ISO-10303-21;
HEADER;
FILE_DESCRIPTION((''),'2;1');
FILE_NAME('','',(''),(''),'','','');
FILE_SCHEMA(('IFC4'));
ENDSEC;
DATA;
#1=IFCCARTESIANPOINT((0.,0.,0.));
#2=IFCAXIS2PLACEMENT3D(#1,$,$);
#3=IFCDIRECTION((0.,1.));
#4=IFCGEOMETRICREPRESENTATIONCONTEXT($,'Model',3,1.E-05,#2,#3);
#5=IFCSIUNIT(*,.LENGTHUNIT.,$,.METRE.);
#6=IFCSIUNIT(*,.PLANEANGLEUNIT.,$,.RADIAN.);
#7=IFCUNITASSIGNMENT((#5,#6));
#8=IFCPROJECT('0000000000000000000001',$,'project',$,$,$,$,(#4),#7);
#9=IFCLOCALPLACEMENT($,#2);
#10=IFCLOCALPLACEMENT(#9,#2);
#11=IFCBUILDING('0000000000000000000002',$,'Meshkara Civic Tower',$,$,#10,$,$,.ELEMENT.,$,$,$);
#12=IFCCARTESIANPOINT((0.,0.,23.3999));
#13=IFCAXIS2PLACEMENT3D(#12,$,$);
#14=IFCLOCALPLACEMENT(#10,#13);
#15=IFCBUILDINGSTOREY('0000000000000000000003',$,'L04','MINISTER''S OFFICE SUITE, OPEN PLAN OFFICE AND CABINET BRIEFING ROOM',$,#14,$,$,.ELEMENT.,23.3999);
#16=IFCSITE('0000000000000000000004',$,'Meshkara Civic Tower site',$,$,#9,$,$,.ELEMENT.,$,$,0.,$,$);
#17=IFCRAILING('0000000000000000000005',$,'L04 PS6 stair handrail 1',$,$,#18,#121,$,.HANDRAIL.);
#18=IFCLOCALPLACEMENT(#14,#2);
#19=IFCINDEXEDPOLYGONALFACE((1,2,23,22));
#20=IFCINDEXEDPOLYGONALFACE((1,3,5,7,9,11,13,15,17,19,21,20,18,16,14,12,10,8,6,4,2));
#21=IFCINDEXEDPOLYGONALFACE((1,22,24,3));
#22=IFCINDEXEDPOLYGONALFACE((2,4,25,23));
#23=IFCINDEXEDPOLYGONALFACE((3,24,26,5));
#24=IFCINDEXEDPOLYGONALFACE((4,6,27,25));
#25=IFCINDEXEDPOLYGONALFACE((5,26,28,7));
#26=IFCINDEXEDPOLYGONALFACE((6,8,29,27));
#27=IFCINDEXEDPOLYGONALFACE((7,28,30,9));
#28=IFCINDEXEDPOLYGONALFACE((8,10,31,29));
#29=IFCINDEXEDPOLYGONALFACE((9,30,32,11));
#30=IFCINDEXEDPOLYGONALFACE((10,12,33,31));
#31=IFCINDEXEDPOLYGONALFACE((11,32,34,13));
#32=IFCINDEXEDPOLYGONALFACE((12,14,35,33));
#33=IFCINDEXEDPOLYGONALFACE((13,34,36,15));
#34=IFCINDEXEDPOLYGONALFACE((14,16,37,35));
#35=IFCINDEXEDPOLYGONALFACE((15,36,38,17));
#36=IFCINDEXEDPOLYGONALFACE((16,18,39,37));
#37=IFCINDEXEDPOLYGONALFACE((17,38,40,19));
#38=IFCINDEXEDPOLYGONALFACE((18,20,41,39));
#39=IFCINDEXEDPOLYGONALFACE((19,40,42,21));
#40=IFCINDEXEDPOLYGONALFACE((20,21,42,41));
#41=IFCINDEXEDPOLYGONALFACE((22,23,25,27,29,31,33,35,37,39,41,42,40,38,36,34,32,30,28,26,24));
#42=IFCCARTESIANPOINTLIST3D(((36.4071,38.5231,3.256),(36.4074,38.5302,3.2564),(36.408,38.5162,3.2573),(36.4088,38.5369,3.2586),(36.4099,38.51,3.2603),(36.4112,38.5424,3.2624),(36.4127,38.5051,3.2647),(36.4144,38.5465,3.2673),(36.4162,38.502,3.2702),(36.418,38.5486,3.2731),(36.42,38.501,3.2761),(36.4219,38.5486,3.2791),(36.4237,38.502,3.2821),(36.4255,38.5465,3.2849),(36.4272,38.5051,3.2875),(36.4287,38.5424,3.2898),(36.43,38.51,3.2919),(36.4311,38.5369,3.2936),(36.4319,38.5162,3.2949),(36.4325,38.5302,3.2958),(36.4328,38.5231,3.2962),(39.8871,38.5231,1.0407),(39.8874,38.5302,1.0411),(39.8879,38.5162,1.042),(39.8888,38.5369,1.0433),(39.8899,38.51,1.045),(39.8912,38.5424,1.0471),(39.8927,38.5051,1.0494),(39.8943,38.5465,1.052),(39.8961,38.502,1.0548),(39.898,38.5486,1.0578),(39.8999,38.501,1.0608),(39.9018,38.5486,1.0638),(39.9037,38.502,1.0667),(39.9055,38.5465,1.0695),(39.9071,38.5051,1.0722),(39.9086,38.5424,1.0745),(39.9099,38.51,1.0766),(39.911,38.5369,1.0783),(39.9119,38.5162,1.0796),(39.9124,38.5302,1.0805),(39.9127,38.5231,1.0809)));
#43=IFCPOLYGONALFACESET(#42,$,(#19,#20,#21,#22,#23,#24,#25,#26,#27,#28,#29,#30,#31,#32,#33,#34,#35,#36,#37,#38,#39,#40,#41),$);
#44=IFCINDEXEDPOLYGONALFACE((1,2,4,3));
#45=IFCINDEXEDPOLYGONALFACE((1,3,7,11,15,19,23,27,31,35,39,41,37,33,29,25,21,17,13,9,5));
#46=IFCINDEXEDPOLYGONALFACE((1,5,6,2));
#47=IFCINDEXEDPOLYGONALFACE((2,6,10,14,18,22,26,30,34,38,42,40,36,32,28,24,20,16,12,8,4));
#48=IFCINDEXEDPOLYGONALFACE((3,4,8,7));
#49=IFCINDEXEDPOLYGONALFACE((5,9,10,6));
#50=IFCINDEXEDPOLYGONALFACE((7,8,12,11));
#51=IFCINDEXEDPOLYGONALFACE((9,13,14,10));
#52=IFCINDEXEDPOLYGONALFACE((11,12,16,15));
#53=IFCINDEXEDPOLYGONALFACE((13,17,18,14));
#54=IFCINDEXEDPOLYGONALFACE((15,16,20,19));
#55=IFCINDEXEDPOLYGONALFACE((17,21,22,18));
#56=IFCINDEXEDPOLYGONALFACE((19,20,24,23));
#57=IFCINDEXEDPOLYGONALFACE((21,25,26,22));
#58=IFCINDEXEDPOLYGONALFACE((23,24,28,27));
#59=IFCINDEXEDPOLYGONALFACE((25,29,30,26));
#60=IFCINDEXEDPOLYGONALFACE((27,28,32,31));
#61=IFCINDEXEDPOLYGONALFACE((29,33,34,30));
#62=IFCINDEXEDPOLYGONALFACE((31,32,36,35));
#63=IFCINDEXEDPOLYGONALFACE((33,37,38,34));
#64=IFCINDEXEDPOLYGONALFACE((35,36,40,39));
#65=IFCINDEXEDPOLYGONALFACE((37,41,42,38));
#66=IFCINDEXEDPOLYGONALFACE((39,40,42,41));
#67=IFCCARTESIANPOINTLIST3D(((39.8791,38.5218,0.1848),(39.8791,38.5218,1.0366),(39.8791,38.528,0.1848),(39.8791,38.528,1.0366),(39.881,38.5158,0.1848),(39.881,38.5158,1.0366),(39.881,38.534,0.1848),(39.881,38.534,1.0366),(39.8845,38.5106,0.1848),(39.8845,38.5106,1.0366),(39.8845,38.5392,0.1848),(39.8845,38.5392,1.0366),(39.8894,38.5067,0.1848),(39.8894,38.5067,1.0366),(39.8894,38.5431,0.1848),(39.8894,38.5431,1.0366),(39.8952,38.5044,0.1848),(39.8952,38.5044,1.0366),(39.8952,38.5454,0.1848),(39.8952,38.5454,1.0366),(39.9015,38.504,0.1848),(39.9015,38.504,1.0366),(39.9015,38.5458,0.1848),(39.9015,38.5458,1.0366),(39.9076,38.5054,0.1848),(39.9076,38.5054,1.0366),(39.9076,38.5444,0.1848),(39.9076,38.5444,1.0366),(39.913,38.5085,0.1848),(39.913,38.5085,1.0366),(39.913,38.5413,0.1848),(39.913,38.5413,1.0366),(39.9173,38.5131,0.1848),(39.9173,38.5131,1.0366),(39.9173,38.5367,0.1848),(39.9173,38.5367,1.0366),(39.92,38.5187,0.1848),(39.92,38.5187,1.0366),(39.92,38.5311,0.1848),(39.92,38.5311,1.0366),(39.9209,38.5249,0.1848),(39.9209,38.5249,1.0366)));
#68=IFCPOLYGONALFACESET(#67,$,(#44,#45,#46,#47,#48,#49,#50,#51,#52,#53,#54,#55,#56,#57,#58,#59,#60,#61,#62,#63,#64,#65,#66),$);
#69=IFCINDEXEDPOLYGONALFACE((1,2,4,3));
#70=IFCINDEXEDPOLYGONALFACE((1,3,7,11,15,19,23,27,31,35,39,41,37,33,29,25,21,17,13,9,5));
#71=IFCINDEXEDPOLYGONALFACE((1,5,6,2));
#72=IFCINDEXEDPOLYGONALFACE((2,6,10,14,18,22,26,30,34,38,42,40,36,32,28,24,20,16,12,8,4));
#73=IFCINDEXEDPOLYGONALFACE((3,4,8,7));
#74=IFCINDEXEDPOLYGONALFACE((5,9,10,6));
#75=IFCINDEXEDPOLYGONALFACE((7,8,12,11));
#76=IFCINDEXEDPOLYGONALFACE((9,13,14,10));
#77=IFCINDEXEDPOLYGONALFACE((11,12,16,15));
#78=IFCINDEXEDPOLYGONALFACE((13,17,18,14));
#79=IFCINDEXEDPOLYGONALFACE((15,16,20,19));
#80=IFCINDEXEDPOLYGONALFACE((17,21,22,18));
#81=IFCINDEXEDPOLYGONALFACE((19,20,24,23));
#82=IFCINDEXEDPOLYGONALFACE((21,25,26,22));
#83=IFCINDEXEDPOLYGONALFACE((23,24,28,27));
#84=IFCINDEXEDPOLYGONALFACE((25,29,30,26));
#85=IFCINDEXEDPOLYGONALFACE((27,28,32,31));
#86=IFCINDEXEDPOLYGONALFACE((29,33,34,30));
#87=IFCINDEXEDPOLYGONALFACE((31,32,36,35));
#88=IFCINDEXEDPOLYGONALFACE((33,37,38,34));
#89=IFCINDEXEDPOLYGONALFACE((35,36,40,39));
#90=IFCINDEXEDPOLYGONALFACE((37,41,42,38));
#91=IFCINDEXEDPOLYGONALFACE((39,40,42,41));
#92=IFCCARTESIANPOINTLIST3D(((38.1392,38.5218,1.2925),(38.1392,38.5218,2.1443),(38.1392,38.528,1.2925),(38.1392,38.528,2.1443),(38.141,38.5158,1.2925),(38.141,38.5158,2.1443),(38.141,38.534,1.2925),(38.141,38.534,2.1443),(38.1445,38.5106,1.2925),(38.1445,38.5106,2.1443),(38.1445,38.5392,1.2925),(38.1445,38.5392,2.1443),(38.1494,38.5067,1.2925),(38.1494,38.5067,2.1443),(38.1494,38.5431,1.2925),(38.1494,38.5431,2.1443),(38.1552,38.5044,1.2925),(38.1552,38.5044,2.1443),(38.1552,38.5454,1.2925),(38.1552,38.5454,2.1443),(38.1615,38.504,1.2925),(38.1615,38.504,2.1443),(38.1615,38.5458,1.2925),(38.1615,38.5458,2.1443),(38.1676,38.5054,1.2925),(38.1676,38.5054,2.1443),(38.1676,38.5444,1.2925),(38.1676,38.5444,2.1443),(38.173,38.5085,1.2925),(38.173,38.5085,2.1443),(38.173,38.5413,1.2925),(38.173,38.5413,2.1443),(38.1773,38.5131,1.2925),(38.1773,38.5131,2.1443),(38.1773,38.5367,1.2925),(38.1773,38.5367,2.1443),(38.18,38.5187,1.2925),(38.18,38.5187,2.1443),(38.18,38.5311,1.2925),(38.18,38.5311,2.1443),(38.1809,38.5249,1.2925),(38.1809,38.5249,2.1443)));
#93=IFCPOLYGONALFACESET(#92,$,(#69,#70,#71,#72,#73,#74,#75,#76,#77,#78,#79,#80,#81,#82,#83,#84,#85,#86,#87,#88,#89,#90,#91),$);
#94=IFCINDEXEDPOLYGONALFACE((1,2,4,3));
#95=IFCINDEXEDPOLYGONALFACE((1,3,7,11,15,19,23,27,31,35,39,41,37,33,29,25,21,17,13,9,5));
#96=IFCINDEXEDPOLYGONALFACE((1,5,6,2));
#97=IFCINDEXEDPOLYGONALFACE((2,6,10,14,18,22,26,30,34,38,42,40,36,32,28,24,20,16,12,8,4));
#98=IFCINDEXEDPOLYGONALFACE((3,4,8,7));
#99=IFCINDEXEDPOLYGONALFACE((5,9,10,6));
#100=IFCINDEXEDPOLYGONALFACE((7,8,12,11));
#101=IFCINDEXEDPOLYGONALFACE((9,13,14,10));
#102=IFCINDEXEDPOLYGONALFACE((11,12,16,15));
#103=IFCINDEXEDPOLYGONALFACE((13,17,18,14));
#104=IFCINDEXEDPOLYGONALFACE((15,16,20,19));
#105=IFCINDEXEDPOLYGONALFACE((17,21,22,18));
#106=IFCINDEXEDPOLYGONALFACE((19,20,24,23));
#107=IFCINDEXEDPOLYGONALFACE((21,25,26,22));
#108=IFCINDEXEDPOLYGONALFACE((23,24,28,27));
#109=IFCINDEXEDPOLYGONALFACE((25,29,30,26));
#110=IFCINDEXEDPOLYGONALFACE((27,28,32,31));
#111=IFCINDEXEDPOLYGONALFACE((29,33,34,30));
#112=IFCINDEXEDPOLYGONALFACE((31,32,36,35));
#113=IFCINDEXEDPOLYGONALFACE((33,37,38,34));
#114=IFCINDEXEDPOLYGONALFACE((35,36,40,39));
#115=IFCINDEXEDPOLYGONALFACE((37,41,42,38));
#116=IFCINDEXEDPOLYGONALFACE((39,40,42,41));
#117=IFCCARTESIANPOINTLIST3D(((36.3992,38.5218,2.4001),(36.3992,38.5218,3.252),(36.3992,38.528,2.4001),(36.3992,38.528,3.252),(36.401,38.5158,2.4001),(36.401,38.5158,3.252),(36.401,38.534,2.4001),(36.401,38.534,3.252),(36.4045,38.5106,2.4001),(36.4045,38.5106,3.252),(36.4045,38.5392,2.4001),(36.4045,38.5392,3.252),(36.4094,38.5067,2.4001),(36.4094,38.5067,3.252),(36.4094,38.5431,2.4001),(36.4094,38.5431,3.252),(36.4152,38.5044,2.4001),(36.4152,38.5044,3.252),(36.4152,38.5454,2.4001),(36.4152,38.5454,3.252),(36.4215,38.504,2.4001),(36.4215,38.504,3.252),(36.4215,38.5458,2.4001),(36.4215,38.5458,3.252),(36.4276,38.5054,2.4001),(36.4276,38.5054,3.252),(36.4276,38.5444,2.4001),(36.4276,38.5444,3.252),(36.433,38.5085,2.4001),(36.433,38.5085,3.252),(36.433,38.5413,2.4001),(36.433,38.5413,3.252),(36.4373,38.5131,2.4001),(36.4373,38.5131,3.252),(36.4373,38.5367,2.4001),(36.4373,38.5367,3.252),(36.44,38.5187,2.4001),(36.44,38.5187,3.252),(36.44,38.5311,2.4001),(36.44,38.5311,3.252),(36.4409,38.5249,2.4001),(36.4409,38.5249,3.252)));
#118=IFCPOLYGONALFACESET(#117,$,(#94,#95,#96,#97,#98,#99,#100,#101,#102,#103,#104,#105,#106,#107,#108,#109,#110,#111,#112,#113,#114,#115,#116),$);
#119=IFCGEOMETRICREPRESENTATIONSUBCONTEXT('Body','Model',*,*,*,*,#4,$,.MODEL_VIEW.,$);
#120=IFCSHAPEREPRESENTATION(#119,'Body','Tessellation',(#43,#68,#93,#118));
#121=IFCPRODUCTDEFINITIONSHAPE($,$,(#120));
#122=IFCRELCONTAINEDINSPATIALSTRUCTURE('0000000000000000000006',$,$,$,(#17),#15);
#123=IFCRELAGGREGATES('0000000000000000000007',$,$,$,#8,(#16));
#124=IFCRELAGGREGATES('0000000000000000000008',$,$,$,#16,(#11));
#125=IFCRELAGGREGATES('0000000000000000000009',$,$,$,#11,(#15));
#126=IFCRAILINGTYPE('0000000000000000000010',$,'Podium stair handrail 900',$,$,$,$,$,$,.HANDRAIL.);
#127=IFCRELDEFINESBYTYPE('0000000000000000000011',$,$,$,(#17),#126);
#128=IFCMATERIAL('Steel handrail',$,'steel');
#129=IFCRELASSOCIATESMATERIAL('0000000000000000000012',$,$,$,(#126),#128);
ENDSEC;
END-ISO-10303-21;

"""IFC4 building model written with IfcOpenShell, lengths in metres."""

from ifc_helpers import new_model, si_unit, direction, frame, origin, origin_2d, place, context, subcontext, project, spatial, circle, extrude, material, type_object, element, save


model = new_model("IFC4")

# Units and contexts
model_context = context("Model", 3, precision=1e-05, world=origin(), true_north=direction((0.0, 1.0)))
body_context = subcontext(model_context, "Body", "Model", "MODEL_VIEW")
ifc_project = project(units=[si_unit("LENGTHUNIT", "METRE"), si_unit("PLANEANGLEUNIT", "RADIAN")], contexts=[model_context])

# Site, building, storey
site_placement = place(None, origin())
site = spatial("IfcSite", under=ifc_project, at=site_placement, Name="Meshkara Civic Tower site", CompositionType="ELEMENT", RefElevation=0.0)
building_placement = place(site_placement, origin())
building = spatial("IfcBuilding", under=site, at=building_placement, Name="Meshkara Civic Tower", CompositionType="ELEMENT")
storey_placement = place(building_placement, frame((0.0, 0.0, 23.3999)))
storey = spatial("IfcBuildingStorey", under=building, at=storey_placement, Name="L04", Description="MINISTER'S OFFICE SUITE, OPEN PLAN OFFICE AND CABINET BRIEFING ROOM", CompositionType="ELEMENT", Elevation=23.3999)

# Railing
ifc_material_1 = material(Name="Steel handrail", Category="steel")
railing_type_1 = type_object("IfcRailingType", Name="Podium stair handrail 900", PredefinedType="HANDRAIL", material=ifc_material_1)
railing_1_placement = place(storey_placement, frame((39.8999, 38.5249, 0.1848)))
element("IfcRailing", 1, at=railing_1_placement, inside=storey, type_object=railing_type_1, Name="L04 PS6 stair handrail 1", PredefinedType="HANDRAIL", context=body_context, shape_type="SweptSolid", body=[
    extrude(circle(Radius=0.0239, at=origin_2d()), frame((0.0, 0.0, 0.876), z_axis=(-0.843574, 0.0, 0.537013), x_axis=(0.0, -1.0, 0.0)), (0.0, 0.0, 1.0), 4.1252),
    extrude(circle(Radius=0.021, at=origin_2d()), origin(), (0.0, 0.0, 1.0), 0.8518),
    extrude(circle(Radius=0.021, at=origin_2d()), frame((-1.74, 0.0, 1.1077)), (0.0, 0.0, 1.0), 0.8518),
    extrude(circle(Radius=0.021, at=origin_2d()), frame((-3.48, 0.0, 2.2153)), (0.0, 0.0, 1.0), 0.8518),
])

save(model, "model.ifc")
